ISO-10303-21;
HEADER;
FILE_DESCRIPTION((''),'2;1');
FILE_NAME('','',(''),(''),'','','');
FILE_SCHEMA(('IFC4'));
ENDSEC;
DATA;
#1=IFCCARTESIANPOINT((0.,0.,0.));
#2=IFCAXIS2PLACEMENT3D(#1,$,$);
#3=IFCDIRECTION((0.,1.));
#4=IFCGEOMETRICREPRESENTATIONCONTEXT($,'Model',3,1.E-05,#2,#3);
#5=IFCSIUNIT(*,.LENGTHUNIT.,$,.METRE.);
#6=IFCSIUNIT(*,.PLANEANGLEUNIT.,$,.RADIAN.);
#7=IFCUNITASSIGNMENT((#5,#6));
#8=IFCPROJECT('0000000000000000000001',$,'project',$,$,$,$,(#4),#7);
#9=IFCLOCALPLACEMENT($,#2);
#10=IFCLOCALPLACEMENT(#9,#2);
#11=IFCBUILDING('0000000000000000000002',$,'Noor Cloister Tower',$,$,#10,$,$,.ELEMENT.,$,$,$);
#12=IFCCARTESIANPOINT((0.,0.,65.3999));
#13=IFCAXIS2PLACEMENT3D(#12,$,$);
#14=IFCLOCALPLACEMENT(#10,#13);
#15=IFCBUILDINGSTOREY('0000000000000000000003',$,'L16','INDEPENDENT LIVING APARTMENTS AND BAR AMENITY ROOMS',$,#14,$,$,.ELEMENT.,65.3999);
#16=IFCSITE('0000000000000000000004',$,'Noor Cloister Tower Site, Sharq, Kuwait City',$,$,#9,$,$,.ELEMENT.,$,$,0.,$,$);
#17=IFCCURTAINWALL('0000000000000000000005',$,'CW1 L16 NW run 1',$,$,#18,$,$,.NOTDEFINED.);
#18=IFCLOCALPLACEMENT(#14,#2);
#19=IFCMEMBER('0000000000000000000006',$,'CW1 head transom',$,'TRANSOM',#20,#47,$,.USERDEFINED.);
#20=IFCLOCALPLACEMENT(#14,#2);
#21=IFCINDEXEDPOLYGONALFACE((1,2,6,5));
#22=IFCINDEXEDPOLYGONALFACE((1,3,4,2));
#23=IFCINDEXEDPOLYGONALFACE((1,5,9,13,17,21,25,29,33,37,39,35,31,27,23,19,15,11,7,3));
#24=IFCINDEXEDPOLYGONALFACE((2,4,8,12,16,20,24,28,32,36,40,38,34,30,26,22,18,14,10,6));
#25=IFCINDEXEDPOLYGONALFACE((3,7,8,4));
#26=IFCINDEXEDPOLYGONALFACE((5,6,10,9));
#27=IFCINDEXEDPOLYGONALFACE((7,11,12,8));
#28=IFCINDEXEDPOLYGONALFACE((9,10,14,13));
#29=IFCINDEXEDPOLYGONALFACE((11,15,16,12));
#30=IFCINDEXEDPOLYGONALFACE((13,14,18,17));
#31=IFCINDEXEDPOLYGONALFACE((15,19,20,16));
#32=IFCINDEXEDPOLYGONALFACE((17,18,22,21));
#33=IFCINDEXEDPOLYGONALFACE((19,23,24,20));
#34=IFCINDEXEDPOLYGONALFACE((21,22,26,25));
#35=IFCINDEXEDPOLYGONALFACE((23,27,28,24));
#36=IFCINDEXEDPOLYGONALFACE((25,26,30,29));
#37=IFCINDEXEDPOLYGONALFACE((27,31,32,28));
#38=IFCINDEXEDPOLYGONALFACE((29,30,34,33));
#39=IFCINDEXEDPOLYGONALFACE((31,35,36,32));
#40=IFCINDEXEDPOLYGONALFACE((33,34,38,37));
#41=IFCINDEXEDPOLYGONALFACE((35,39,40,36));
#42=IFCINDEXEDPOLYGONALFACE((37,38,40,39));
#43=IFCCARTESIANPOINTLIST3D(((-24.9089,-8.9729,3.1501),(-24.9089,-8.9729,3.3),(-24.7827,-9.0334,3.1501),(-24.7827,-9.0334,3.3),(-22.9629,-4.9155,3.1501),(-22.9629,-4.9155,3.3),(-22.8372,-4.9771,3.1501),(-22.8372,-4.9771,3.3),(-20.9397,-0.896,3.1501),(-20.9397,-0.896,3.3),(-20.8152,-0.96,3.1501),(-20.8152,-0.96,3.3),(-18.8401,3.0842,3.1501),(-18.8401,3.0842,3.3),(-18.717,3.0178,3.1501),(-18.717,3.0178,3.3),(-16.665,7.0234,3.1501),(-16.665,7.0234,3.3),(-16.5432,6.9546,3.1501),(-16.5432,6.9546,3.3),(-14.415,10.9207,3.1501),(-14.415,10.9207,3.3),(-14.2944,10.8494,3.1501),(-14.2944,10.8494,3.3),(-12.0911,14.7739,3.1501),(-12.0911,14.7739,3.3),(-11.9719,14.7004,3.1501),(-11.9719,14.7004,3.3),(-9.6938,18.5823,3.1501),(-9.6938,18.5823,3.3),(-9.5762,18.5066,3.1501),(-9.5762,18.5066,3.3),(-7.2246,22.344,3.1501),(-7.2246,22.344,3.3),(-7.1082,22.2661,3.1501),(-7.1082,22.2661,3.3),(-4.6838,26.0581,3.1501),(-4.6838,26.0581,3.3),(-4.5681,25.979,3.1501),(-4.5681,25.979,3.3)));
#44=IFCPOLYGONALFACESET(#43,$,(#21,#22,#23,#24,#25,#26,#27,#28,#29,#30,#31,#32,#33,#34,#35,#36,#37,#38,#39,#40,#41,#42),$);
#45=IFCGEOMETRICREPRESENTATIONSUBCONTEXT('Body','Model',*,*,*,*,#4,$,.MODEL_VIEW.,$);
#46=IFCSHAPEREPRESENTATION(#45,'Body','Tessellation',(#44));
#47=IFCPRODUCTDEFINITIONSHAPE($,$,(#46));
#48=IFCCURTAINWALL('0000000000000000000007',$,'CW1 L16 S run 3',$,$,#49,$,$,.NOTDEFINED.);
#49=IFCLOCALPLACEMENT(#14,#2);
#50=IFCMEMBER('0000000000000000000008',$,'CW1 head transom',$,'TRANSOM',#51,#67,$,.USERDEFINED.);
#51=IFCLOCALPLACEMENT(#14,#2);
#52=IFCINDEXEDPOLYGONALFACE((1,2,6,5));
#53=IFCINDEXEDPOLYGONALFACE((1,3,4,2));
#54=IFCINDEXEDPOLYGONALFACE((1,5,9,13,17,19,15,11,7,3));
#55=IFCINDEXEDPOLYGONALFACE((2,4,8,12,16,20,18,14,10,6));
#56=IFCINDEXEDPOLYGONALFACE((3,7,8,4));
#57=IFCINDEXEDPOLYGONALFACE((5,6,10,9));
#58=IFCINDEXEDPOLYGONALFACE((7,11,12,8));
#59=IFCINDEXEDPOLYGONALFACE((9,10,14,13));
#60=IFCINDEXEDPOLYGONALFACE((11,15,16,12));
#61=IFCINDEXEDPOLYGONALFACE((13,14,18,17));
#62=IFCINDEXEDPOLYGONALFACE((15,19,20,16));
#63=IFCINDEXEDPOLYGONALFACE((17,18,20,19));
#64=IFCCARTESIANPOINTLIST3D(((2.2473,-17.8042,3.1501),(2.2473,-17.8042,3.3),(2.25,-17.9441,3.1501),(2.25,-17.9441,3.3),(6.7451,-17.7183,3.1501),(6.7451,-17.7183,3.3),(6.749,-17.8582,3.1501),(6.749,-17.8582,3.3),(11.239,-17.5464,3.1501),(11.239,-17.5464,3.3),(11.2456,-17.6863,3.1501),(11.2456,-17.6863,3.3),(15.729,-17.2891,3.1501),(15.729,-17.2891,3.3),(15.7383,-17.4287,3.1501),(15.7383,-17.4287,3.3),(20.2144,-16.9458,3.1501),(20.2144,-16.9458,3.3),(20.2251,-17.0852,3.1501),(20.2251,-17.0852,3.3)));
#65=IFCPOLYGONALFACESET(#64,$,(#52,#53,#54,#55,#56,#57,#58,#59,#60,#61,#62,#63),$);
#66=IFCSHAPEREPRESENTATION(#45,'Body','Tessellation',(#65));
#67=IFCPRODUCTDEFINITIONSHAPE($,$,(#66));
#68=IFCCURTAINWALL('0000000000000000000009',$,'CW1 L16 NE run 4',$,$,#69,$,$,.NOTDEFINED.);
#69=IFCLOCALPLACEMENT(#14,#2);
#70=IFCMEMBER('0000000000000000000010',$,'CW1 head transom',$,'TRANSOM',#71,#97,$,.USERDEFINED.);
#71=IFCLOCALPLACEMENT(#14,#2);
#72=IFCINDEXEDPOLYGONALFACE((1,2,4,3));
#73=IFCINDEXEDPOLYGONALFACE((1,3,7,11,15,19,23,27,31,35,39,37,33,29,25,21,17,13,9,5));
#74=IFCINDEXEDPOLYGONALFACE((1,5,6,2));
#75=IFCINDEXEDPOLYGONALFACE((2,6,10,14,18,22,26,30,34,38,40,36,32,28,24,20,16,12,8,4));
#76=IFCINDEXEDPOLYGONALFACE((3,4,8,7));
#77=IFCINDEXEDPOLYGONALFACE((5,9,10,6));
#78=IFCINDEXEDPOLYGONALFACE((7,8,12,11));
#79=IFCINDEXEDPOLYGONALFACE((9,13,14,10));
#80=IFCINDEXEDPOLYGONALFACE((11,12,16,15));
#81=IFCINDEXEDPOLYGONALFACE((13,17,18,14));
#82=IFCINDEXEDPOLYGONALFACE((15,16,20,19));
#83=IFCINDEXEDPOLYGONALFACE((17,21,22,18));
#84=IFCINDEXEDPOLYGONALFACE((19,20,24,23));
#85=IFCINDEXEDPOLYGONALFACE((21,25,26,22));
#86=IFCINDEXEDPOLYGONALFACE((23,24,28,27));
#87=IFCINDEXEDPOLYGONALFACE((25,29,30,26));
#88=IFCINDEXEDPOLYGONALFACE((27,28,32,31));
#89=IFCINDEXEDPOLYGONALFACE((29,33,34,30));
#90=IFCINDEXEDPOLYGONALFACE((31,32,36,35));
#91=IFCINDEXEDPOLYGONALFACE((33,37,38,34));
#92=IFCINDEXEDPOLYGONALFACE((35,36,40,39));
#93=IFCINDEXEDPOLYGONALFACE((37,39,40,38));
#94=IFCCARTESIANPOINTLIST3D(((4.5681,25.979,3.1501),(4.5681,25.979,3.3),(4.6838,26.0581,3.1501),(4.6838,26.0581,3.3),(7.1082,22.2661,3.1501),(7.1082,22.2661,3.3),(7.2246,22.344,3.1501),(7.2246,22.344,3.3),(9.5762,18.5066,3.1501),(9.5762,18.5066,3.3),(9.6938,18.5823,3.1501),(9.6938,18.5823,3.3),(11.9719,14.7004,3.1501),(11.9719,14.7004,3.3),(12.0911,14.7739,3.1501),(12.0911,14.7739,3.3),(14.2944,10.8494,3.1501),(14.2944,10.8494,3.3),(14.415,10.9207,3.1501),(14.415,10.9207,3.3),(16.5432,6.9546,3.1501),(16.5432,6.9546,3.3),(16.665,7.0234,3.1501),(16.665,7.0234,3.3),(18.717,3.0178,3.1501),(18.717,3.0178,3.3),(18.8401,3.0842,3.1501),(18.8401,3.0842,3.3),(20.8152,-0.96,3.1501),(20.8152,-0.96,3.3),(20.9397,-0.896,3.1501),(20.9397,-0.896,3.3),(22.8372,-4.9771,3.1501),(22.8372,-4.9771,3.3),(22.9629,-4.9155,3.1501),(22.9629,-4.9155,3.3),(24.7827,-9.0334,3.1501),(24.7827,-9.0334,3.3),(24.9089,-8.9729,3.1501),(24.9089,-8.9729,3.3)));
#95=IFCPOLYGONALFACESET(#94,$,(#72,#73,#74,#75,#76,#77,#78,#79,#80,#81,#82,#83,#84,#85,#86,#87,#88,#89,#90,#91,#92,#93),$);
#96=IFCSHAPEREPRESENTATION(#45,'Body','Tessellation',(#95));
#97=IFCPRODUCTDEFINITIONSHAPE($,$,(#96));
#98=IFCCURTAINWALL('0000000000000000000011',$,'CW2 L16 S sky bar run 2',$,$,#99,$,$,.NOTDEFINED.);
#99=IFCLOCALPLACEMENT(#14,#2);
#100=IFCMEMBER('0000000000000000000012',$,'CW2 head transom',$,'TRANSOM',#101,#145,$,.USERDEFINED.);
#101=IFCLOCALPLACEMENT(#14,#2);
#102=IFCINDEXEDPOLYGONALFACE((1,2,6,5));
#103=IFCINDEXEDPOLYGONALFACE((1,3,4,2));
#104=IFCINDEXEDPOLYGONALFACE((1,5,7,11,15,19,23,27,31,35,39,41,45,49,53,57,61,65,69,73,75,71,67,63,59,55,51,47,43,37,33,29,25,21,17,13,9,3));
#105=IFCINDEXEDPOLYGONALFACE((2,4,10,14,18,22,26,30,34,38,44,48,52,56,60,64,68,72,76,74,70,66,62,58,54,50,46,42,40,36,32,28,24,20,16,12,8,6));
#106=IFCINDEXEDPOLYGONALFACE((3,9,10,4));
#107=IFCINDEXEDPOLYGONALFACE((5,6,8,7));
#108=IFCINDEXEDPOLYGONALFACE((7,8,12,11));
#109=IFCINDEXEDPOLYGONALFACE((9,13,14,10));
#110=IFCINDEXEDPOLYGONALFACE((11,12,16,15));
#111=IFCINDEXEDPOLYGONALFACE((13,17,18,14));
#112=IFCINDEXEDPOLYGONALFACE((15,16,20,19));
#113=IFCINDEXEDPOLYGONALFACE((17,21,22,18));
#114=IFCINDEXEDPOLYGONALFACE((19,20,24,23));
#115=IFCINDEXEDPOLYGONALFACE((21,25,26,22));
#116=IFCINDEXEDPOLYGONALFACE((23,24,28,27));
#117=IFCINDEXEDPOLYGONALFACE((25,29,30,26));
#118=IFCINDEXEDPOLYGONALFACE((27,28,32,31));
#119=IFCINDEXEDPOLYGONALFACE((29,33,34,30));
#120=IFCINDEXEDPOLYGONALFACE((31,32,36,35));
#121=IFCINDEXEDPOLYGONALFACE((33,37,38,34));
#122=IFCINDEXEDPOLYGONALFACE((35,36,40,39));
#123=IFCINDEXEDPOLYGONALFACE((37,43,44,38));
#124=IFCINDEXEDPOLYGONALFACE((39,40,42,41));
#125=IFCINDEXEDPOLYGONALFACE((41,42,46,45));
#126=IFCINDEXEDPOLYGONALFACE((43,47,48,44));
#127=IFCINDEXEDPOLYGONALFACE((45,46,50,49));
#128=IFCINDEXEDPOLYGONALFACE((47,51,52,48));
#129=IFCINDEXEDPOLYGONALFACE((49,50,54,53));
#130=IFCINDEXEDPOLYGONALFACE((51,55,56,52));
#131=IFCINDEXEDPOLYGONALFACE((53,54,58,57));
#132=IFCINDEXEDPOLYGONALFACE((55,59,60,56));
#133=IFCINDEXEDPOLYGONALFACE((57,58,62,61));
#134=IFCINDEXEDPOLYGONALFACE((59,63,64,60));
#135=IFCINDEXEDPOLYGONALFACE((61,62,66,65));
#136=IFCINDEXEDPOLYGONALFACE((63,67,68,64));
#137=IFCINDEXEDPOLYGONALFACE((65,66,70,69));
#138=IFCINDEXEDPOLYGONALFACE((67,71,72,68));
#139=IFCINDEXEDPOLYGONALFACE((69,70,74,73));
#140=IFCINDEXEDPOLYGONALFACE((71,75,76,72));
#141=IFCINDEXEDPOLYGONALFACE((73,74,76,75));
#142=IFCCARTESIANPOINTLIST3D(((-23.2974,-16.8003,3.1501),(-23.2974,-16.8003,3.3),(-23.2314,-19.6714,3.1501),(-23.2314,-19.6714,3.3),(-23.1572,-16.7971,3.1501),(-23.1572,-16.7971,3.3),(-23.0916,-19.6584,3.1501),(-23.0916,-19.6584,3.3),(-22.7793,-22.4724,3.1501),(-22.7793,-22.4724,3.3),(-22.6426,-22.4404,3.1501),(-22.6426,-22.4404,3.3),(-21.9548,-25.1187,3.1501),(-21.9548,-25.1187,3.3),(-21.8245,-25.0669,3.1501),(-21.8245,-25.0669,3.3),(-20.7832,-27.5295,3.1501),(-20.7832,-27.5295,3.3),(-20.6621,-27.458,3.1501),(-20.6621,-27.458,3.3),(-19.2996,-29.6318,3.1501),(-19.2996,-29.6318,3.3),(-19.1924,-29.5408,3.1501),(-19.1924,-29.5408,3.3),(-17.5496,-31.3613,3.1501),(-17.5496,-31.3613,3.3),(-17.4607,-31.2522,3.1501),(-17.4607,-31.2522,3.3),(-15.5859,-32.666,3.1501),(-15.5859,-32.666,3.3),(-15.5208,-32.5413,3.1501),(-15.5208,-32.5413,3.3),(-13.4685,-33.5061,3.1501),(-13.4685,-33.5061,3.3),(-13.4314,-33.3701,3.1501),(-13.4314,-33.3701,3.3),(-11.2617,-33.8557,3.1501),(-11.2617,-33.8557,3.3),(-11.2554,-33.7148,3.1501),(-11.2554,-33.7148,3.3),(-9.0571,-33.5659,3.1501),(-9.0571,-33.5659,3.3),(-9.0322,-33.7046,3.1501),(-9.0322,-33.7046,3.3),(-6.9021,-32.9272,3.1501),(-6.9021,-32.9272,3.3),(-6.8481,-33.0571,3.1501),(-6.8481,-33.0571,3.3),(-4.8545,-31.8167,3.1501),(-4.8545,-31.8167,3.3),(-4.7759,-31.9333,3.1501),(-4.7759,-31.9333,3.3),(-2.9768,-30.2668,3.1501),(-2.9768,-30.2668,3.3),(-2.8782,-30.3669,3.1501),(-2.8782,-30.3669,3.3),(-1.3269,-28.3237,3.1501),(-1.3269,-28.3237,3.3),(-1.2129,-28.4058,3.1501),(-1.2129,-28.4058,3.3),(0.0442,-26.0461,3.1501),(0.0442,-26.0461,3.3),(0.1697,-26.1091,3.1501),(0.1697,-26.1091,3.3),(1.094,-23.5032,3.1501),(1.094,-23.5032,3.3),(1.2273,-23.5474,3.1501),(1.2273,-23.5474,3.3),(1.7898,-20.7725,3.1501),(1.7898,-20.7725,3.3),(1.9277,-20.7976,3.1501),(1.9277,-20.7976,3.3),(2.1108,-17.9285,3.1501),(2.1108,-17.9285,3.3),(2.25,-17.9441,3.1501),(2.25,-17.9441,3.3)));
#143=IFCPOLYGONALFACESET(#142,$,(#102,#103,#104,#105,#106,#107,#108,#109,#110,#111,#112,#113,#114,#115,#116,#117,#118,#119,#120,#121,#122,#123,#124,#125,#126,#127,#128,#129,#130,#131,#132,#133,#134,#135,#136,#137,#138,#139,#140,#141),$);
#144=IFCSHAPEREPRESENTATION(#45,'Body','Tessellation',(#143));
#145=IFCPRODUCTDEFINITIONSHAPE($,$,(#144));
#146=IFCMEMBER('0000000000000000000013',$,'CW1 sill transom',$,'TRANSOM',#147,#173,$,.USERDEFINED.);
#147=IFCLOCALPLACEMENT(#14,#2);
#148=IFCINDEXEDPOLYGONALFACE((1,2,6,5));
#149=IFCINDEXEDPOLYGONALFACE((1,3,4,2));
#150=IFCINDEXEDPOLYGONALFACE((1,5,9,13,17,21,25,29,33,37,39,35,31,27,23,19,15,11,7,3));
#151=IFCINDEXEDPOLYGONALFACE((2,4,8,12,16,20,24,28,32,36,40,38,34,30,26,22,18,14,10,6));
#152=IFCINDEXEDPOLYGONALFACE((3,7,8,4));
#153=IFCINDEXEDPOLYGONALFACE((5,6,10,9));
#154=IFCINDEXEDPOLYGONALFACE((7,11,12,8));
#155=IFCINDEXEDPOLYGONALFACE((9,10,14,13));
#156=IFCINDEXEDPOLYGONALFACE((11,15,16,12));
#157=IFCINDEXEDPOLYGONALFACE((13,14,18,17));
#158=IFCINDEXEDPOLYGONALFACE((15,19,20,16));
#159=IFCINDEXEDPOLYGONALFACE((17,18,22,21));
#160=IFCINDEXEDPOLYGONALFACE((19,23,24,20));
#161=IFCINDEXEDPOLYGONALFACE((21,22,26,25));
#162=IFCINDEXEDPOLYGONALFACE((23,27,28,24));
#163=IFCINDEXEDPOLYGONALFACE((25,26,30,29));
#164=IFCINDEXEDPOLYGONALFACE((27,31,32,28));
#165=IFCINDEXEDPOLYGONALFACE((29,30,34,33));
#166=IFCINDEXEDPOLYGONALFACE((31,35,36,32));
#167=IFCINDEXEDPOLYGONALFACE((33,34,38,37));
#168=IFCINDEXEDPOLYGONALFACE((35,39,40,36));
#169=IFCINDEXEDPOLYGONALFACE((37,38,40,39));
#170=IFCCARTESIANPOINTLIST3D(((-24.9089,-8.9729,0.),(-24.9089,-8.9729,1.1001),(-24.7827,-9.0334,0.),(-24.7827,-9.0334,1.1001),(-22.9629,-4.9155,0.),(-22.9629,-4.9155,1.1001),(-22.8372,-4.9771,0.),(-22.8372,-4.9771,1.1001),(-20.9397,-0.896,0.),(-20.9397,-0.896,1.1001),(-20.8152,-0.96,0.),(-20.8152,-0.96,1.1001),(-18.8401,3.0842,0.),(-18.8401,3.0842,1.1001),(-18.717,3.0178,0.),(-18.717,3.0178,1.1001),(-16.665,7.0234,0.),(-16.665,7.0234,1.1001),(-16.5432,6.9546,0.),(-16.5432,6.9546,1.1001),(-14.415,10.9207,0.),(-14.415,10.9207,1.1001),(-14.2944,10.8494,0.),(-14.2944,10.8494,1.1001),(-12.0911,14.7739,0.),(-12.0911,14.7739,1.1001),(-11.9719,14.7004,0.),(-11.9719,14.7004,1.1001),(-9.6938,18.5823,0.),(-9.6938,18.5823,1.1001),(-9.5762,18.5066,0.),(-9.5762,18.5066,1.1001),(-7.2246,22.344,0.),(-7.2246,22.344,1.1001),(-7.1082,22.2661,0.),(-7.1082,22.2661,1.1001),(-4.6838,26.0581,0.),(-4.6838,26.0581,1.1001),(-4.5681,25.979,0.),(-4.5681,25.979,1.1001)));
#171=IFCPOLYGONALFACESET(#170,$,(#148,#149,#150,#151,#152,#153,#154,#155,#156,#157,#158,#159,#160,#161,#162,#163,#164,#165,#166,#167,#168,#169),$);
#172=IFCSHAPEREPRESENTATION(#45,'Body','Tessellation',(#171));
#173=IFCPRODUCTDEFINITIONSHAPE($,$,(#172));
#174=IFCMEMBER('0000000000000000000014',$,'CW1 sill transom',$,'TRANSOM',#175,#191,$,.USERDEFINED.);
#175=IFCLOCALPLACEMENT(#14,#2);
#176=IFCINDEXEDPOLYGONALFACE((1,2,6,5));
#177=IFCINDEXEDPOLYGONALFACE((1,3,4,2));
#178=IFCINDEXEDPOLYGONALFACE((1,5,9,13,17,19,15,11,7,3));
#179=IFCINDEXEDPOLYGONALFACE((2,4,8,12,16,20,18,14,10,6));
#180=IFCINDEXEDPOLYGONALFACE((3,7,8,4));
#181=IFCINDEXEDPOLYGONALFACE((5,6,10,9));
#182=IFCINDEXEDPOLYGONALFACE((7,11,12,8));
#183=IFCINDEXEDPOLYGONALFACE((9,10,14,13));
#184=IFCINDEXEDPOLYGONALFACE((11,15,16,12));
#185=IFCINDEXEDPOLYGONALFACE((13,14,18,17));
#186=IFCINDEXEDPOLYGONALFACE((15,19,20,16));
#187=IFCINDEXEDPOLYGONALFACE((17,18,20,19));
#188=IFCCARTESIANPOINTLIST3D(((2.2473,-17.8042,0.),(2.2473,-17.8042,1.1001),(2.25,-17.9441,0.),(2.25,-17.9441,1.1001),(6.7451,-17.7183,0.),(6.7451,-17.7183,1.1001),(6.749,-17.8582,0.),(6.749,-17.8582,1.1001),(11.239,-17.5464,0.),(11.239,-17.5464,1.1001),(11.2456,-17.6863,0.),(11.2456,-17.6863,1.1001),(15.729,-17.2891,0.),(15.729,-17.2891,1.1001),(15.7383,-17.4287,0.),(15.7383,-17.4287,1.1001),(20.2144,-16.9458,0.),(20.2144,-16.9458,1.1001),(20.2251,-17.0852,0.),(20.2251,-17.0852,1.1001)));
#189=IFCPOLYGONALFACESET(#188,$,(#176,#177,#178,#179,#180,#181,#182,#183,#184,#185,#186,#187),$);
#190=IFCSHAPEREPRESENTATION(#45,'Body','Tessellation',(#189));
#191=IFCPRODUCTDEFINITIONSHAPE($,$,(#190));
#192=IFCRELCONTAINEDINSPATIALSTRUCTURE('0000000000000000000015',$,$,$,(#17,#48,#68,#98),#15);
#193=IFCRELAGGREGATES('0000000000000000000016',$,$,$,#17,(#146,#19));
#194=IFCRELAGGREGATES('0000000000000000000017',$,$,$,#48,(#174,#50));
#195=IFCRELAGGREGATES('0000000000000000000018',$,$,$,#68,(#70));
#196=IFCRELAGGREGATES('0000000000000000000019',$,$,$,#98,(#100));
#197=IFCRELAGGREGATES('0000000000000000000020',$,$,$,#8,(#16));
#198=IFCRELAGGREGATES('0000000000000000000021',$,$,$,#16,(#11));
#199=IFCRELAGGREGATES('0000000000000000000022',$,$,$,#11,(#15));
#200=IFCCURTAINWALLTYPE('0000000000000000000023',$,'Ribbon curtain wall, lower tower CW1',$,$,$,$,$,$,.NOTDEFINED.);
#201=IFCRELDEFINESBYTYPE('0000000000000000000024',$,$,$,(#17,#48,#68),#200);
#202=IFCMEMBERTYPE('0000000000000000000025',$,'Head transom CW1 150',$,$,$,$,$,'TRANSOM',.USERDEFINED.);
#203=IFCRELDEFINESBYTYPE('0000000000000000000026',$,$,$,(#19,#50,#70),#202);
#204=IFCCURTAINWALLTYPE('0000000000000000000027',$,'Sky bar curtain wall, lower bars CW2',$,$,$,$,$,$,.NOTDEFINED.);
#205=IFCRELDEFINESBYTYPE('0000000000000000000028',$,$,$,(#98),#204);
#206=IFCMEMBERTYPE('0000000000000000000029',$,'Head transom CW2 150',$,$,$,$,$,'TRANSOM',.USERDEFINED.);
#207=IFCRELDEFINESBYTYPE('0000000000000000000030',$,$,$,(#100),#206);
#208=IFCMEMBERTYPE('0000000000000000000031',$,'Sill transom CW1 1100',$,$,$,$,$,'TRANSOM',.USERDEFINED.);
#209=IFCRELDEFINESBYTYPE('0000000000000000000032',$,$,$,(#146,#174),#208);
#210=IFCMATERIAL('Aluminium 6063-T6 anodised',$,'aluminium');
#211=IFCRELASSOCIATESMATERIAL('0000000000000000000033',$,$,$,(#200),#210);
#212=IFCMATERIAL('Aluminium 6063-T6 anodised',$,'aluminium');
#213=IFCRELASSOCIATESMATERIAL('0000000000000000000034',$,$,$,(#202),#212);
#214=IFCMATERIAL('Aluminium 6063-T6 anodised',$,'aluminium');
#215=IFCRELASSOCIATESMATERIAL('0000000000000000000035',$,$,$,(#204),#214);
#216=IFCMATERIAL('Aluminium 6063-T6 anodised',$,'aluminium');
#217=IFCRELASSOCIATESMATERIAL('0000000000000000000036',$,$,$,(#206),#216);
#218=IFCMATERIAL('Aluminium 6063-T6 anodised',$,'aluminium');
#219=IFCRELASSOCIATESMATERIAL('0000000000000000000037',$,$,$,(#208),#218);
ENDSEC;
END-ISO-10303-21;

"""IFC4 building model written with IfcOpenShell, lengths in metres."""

from ifc_helpers import new_model, si_unit, direction, frame, origin, place, context, subcontext, project, spatial, polyline, outline, extrude, material, type_object, element, aggregate, save


model = new_model("IFC4")

# Units and contexts
model_context = context("Model", 3, precision=1e-05, world=origin(), true_north=direction((0.0, 1.0)))
body_context = subcontext(model_context, "Body", "Model", "MODEL_VIEW")
ifc_project = project(units=[si_unit("LENGTHUNIT", "METRE"), si_unit("PLANEANGLEUNIT", "RADIAN")], contexts=[model_context])

# Site, building, storey
site_placement = place(None, origin())
site = spatial("IfcSite", under=ifc_project, at=site_placement, Name="Noor Cloister Tower Site, Sharq, Kuwait City", CompositionType="ELEMENT", RefElevation=0.0)
building_placement = place(site_placement, origin())
building = spatial("IfcBuilding", under=site, at=building_placement, Name="Noor Cloister Tower", CompositionType="ELEMENT")
storey_placement = place(building_placement, frame((0.0, 0.0, 65.3999)))
storey = spatial("IfcBuildingStorey", under=building, at=storey_placement, Name="L16", Description="INDEPENDENT LIVING APARTMENTS AND BAR AMENITY ROOMS", CompositionType="ELEMENT", Elevation=65.3999)

# Curtain walls, members
ifc_material_1 = material(Name="Aluminium 6063-T6 anodised", Category="aluminium")
curtain_wall_type_1 = type_object("IfcCurtainWallType", Name="Ribbon curtain wall, lower tower CW1", PredefinedType="NOTDEFINED", material=ifc_material_1)
curtain_wall_1_placement = place(storey_placement, origin())
curtain_wall_1 = element("IfcCurtainWall", 1, at=curtain_wall_1_placement, inside=storey, type_object=curtain_wall_type_1, Name="CW1 L16 NW run 1", PredefinedType="NOTDEFINED")
ifc_material_2 = material(Name="Aluminium 6063-T6 anodised", Category="aluminium")
member_type_1 = type_object("IfcMemberType", Name="Head transom CW1 150", ElementType="TRANSOM", PredefinedType="USERDEFINED", material=ifc_material_2)
member_1_placement = place(storey_placement, frame((0.0, 0.0, 3.1501)))
member_1 = element("IfcMember", 2, at=member_1_placement, type_object=member_type_1, Name="CW1 head transom", ObjectType="TRANSOM", PredefinedType="USERDEFINED", context=body_context, shape_type="SweptSolid", body=[
    extrude(outline(polyline([(-4.6838, 26.0581), (-7.2246, 22.344), (-9.6938, 18.5823), (-12.0911, 14.7739), (-14.415, 10.9207), (-16.665, 7.0234), (-18.8401, 3.0842), (-20.9397, -0.896), (-22.9629, -4.9155), (-24.9089, -8.9729), (-24.7827, -9.0334), (-22.8372, -4.9771), (-20.8152, -0.96), (-18.717, 3.0178), (-16.5432, 6.9546), (-14.2944, 10.8494), (-11.9719, 14.7004), (-9.5762, 18.5066), (-7.1082, 22.2661), (-4.5681, 25.979), (-4.6838, 26.0581)])), origin(), (0.0, 0.0, 1.0), 0.1499),
])
curtain_wall_2_placement = place(storey_placement, origin())
curtain_wall_2 = element("IfcCurtainWall", 3, at=curtain_wall_2_placement, inside=storey, type_object=curtain_wall_type_1, Name="CW1 L16 S run 3", PredefinedType="NOTDEFINED")
member_2_placement = place(storey_placement, frame((0.0, 0.0, 3.1501)))
member_2 = element("IfcMember", 4, at=member_2_placement, type_object=member_type_1, Name="CW1 head transom", ObjectType="TRANSOM", PredefinedType="USERDEFINED", context=body_context, shape_type="SweptSolid", body=[
    extrude(outline(polyline([(2.25, -17.9441), (6.749, -17.8582), (11.2456, -17.6863), (15.7383, -17.4287), (20.2251, -17.0852), (20.2144, -16.9458), (15.729, -17.2891), (11.239, -17.5464), (6.7451, -17.7183), (2.2473, -17.8042), (2.25, -17.9441)])), origin(), (0.0, 0.0, 1.0), 0.1499),
])
curtain_wall_3_placement = place(storey_placement, origin())
curtain_wall_3 = element("IfcCurtainWall", 5, at=curtain_wall_3_placement, inside=storey, type_object=curtain_wall_type_1, Name="CW1 L16 NE run 4", PredefinedType="NOTDEFINED")
member_3_placement = place(storey_placement, frame((0.0, 0.0, 3.1501)))
member_3 = element("IfcMember", 6, at=member_3_placement, type_object=member_type_1, Name="CW1 head transom", ObjectType="TRANSOM", PredefinedType="USERDEFINED", context=body_context, shape_type="SweptSolid", body=[
    extrude(outline(polyline([(24.9089, -8.9729), (22.9629, -4.9155), (20.9397, -0.896), (18.8401, 3.0842), (16.665, 7.0234), (14.415, 10.9207), (12.0911, 14.7739), (9.6938, 18.5823), (7.2246, 22.344), (4.6838, 26.0581), (4.5681, 25.979), (7.1082, 22.2661), (9.5762, 18.5066), (11.9719, 14.7004), (14.2944, 10.8494), (16.5432, 6.9546), (18.717, 3.0178), (20.8152, -0.96), (22.8372, -4.9771), (24.7827, -9.0334), (24.9089, -8.9729)])), origin(), (0.0, 0.0, 1.0), 0.1499),
])
ifc_material_3 = material(Name="Aluminium 6063-T6 anodised", Category="aluminium")
curtain_wall_type_2 = type_object("IfcCurtainWallType", Name="Sky bar curtain wall, lower bars CW2", PredefinedType="NOTDEFINED", material=ifc_material_3)
curtain_wall_4_placement = place(storey_placement, origin())
curtain_wall_4 = element("IfcCurtainWall", 7, at=curtain_wall_4_placement, inside=storey, type_object=curtain_wall_type_2, Name="CW2 L16 S sky bar run 2", PredefinedType="NOTDEFINED")
ifc_material_4 = material(Name="Aluminium 6063-T6 anodised", Category="aluminium")
member_type_2 = type_object("IfcMemberType", Name="Head transom CW2 150", ElementType="TRANSOM", PredefinedType="USERDEFINED", material=ifc_material_4)
member_4_placement = place(storey_placement, frame((0.0, 0.0, 3.1501)))
member_4 = element("IfcMember", 8, at=member_4_placement, type_object=member_type_2, Name="CW2 head transom", ObjectType="TRANSOM", PredefinedType="USERDEFINED", context=body_context, shape_type="SweptSolid", body=[
    extrude(outline(polyline([(-23.2974, -16.8003), (-23.2314, -19.6714), (-22.7793, -22.4724), (-21.9548, -25.1187), (-20.7832, -27.5295), (-19.2996, -29.6318), (-17.5496, -31.3613), (-15.5859, -32.666), (-13.4685, -33.5061), (-11.2617, -33.8557), (-9.0322, -33.7046), (-6.8481, -33.0571), (-4.7759, -31.9333), (-2.8782, -30.3669), (-1.2129, -28.4058), (0.1697, -26.1091), (1.2273, -23.5474), (1.9277, -20.7976), (2.25, -17.9441), (2.1108, -17.9285), (1.7898, -20.7725), (1.094, -23.5032), (0.0442, -26.0461), (-1.3269, -28.3237), (-2.9768, -30.2668), (-4.8545, -31.8167), (-6.9021, -32.9272), (-9.0571, -33.5659), (-11.2554, -33.7148), (-13.4314, -33.3701), (-15.5208, -32.5413), (-17.4607, -31.2522), (-19.1924, -29.5408), (-20.6621, -27.458), (-21.8245, -25.0669), (-22.6426, -22.4404), (-23.0916, -19.6584), (-23.1572, -16.7971), (-23.2974, -16.8003)])), origin(), (0.0, 0.0, 1.0), 0.1499),
])

# Members
ifc_material_5 = material(Name="Aluminium 6063-T6 anodised", Category="aluminium")
member_type_3 = type_object("IfcMemberType", Name="Sill transom CW1 1100", ElementType="TRANSOM", PredefinedType="USERDEFINED", material=ifc_material_5)
member_5_placement = place(storey_placement, origin())
member_5 = element("IfcMember", 9, at=member_5_placement, type_object=member_type_3, Name="CW1 sill transom", ObjectType="TRANSOM", PredefinedType="USERDEFINED", context=body_context, shape_type="SweptSolid", body=[
    extrude(outline(polyline([(-4.6838, 26.0581), (-7.2246, 22.344), (-9.6938, 18.5823), (-12.0911, 14.7739), (-14.415, 10.9207), (-16.665, 7.0234), (-18.8401, 3.0842), (-20.9397, -0.896), (-22.9629, -4.9155), (-24.9089, -8.9729), (-24.7827, -9.0334), (-22.8372, -4.9771), (-20.8152, -0.96), (-18.717, 3.0178), (-16.5432, 6.9546), (-14.2944, 10.8494), (-11.9719, 14.7004), (-9.5762, 18.5066), (-7.1082, 22.2661), (-4.5681, 25.979), (-4.6838, 26.0581)])), origin(), (0.0, 0.0, 1.0), 1.1001),
])
aggregate(curtain_wall_1, [member_5, member_1])
member_6_placement = place(storey_placement, origin())
member_6 = element("IfcMember", 10, at=member_6_placement, type_object=member_type_3, Name="CW1 sill transom", ObjectType="TRANSOM", PredefinedType="USERDEFINED", context=body_context, shape_type="SweptSolid", body=[
    extrude(outline(polyline([(2.25, -17.9441), (6.749, -17.8582), (11.2456, -17.6863), (15.7383, -17.4287), (20.2251, -17.0852), (20.2144, -16.9458), (15.729, -17.2891), (11.239, -17.5464), (6.7451, -17.7183), (2.2473, -17.8042), (2.25, -17.9441)])), origin(), (0.0, 0.0, 1.0), 1.1001),
])
aggregate(curtain_wall_2, [member_6, member_2])
aggregate(curtain_wall_3, [member_3])
aggregate(curtain_wall_4, [member_4])

save(model, "model.ifc")
